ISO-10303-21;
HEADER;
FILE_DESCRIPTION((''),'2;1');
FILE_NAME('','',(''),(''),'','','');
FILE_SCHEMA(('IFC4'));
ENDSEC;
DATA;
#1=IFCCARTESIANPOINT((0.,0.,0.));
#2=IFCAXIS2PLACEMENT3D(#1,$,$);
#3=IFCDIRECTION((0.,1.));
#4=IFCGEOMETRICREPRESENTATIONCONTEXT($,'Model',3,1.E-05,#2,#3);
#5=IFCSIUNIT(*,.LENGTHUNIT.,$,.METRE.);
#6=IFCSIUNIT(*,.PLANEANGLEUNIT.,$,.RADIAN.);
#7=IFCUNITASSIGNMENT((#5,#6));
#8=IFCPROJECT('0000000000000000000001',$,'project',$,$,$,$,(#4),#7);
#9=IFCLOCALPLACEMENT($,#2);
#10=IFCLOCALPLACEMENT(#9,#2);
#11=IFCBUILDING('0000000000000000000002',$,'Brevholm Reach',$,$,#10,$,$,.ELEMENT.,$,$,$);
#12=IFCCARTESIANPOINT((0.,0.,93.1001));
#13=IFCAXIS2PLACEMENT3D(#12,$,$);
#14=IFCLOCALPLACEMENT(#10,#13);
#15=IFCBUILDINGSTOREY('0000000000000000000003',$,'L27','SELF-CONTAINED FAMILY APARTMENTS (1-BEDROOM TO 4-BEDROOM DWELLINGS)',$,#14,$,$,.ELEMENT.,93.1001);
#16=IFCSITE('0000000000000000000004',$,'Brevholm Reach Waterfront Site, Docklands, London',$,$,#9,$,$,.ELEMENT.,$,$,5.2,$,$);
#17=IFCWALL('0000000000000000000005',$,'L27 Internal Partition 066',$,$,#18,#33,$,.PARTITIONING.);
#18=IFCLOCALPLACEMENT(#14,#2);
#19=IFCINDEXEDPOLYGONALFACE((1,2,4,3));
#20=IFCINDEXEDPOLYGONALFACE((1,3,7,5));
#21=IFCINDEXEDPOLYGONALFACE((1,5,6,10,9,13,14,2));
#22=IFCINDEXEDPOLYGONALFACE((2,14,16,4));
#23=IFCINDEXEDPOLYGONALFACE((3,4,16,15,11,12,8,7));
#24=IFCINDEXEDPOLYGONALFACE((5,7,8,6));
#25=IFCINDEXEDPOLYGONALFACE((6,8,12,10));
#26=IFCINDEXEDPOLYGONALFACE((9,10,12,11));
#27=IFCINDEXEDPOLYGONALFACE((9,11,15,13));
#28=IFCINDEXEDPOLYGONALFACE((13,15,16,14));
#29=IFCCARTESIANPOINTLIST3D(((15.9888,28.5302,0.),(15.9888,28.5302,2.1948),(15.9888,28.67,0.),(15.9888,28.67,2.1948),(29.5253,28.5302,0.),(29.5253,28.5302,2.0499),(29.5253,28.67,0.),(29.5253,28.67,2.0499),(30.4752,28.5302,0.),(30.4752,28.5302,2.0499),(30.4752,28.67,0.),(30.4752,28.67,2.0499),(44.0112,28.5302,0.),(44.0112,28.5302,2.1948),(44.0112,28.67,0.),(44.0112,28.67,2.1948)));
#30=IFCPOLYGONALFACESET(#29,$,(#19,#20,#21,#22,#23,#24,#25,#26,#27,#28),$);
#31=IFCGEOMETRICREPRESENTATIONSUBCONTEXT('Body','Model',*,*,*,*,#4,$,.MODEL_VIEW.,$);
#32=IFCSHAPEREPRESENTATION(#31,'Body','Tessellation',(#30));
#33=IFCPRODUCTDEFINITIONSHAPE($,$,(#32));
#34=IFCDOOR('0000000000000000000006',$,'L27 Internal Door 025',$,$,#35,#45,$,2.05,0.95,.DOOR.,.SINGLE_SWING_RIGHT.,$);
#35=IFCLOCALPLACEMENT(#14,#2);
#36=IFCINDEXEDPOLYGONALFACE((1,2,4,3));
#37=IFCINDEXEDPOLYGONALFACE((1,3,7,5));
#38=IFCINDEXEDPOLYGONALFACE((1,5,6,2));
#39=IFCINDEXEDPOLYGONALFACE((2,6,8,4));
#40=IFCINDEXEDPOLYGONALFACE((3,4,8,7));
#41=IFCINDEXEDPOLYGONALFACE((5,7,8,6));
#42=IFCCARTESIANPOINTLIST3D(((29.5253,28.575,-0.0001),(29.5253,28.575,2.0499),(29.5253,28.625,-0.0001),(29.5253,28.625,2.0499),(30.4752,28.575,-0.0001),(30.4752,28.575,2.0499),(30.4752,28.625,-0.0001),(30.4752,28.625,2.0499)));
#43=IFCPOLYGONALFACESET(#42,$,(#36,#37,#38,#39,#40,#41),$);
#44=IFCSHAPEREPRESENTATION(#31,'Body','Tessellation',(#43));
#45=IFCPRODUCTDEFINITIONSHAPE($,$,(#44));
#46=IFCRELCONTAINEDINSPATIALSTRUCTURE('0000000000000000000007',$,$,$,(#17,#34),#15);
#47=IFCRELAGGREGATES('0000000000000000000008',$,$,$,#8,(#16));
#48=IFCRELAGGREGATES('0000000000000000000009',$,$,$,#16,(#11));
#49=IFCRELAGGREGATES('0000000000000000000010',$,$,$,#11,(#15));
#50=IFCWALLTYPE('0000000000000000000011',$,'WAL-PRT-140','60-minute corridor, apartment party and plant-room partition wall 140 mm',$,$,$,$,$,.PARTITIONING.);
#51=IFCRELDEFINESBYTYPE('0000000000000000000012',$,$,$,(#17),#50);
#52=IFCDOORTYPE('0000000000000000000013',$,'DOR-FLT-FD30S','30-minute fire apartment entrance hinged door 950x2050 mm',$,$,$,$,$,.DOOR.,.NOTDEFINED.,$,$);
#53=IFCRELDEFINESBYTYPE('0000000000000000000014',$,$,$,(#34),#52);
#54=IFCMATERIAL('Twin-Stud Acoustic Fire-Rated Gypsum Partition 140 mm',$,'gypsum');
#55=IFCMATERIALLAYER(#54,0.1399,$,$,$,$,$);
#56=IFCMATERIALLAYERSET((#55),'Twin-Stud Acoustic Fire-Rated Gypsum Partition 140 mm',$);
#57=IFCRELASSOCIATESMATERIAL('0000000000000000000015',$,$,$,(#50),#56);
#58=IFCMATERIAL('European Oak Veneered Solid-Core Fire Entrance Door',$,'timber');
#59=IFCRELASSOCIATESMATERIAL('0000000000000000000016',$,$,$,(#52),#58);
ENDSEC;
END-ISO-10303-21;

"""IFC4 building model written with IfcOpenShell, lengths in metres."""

from ifc_helpers import new_model, si_unit, direction, frame, frame_2d, origin, place, context, subcontext, project, spatial, rectangle, extrude, material, layer, layer_set, type_object, element, fill, save


model = new_model("IFC4")

# Units and contexts
model_context = context("Model", 3, precision=1e-05, world=origin(), true_north=direction((0.0, 1.0)))
body_context = subcontext(model_context, "Body", "Model", "MODEL_VIEW")
ifc_project = project(units=[si_unit("LENGTHUNIT", "METRE"), si_unit("PLANEANGLEUNIT", "RADIAN")], contexts=[model_context])

# Site, building, storey
site_placement = place(None, origin())
site = spatial("IfcSite", under=ifc_project, at=site_placement, Name="Brevholm Reach Waterfront Site, Docklands, London", CompositionType="ELEMENT", RefElevation=5.2)
building_placement = place(site_placement, origin())
building = spatial("IfcBuilding", under=site, at=building_placement, Name="Brevholm Reach", CompositionType="ELEMENT")
storey_placement = place(building_placement, frame((0.0, 0.0, 93.1001)))
storey = spatial("IfcBuildingStorey", under=building, at=storey_placement, Name="L27", Description="SELF-CONTAINED FAMILY APARTMENTS (1-BEDROOM TO 4-BEDROOM DWELLINGS)", CompositionType="ELEMENT", Elevation=93.1001)

# Wall, opening, door
ifc_material_1 = material(Name="Twin-Stud Acoustic Fire-Rated Gypsum Partition 140 mm", Category="gypsum")
ifc_layer_1 = layer(ifc_material_1, 0.1399)
ifc_layer_set_1 = layer_set([ifc_layer_1], Name="Twin-Stud Acoustic Fire-Rated Gypsum Partition 140 mm")
wall_type = type_object("IfcWallType", Name="WAL-PRT-140", Description="60-minute corridor, apartment party and plant-room partition wall 140 mm", PredefinedType="PARTITIONING", material=ifc_layer_set_1)
wall_placement = place(storey_placement, frame((15.9888, 28.6001, 0.0), z_axis=(0.0, 0.0, 1.0), x_axis=(1.0, 0.0, 0.0)))
wall = element("IfcWall", 1, at=wall_placement, inside=storey, type_object=wall_type, Name="L27 Internal Partition 066", PredefinedType="PARTITIONING", context=body_context, shape_type="SweptSolid", body=[
    extrude(rectangle(XDim=28.0225, YDim=0.1399, at=frame_2d((14.0112, 0.0))), origin(), (0.0, 0.0, 1.0), 2.1948),
])
opening_placement = place(wall_placement, frame((13.5364, 0.0, 0.0)))
opening = element("IfcOpeningElement", 2, at=opening_placement, cuts=wall, PredefinedType="OPENING", context=body_context, shape_type="SweptSolid", body=[
    extrude(rectangle(XDim=0.95, YDim=2.05, at=frame_2d((0.4751, 1.0249))), frame((0.0, 0.0798, 0.0), z_axis=(0.0, -1.0, 0.0), x_axis=(1.0, 0.0, 0.0)), (0.0, 0.0, 1.0), 0.1599),
])
ifc_material_2 = material(Name="European Oak Veneered Solid-Core Fire Entrance Door", Category="timber")
door_type = type_object("IfcDoorType", Name="DOR-FLT-FD30S", Description="30-minute fire apartment entrance hinged door 950x2050 mm", OperationType="NOTDEFINED", PredefinedType="DOOR", material=ifc_material_2)
door_placement = place(opening_placement, origin())
door = element("IfcDoor", 3, at=door_placement, inside=storey, type_object=door_type, Name="L27 Internal Door 025", OperationType="SINGLE_SWING_RIGHT", OverallHeight=2.05, OverallWidth=0.95, PredefinedType="DOOR", context=body_context, shape_type="SweptSolid", body=[
    extrude(rectangle(XDim=0.95, YDim=2.05, at=frame_2d((0.4751, 1.0249))), frame((0.0, 0.0249, 0.0), z_axis=(0.0, -1.0, 0.0), x_axis=(1.0, 0.0, 0.0)), (0.0, 0.0, 1.0), 0.05),
])
fill(opening, door)

save(model, "model.ifc")
